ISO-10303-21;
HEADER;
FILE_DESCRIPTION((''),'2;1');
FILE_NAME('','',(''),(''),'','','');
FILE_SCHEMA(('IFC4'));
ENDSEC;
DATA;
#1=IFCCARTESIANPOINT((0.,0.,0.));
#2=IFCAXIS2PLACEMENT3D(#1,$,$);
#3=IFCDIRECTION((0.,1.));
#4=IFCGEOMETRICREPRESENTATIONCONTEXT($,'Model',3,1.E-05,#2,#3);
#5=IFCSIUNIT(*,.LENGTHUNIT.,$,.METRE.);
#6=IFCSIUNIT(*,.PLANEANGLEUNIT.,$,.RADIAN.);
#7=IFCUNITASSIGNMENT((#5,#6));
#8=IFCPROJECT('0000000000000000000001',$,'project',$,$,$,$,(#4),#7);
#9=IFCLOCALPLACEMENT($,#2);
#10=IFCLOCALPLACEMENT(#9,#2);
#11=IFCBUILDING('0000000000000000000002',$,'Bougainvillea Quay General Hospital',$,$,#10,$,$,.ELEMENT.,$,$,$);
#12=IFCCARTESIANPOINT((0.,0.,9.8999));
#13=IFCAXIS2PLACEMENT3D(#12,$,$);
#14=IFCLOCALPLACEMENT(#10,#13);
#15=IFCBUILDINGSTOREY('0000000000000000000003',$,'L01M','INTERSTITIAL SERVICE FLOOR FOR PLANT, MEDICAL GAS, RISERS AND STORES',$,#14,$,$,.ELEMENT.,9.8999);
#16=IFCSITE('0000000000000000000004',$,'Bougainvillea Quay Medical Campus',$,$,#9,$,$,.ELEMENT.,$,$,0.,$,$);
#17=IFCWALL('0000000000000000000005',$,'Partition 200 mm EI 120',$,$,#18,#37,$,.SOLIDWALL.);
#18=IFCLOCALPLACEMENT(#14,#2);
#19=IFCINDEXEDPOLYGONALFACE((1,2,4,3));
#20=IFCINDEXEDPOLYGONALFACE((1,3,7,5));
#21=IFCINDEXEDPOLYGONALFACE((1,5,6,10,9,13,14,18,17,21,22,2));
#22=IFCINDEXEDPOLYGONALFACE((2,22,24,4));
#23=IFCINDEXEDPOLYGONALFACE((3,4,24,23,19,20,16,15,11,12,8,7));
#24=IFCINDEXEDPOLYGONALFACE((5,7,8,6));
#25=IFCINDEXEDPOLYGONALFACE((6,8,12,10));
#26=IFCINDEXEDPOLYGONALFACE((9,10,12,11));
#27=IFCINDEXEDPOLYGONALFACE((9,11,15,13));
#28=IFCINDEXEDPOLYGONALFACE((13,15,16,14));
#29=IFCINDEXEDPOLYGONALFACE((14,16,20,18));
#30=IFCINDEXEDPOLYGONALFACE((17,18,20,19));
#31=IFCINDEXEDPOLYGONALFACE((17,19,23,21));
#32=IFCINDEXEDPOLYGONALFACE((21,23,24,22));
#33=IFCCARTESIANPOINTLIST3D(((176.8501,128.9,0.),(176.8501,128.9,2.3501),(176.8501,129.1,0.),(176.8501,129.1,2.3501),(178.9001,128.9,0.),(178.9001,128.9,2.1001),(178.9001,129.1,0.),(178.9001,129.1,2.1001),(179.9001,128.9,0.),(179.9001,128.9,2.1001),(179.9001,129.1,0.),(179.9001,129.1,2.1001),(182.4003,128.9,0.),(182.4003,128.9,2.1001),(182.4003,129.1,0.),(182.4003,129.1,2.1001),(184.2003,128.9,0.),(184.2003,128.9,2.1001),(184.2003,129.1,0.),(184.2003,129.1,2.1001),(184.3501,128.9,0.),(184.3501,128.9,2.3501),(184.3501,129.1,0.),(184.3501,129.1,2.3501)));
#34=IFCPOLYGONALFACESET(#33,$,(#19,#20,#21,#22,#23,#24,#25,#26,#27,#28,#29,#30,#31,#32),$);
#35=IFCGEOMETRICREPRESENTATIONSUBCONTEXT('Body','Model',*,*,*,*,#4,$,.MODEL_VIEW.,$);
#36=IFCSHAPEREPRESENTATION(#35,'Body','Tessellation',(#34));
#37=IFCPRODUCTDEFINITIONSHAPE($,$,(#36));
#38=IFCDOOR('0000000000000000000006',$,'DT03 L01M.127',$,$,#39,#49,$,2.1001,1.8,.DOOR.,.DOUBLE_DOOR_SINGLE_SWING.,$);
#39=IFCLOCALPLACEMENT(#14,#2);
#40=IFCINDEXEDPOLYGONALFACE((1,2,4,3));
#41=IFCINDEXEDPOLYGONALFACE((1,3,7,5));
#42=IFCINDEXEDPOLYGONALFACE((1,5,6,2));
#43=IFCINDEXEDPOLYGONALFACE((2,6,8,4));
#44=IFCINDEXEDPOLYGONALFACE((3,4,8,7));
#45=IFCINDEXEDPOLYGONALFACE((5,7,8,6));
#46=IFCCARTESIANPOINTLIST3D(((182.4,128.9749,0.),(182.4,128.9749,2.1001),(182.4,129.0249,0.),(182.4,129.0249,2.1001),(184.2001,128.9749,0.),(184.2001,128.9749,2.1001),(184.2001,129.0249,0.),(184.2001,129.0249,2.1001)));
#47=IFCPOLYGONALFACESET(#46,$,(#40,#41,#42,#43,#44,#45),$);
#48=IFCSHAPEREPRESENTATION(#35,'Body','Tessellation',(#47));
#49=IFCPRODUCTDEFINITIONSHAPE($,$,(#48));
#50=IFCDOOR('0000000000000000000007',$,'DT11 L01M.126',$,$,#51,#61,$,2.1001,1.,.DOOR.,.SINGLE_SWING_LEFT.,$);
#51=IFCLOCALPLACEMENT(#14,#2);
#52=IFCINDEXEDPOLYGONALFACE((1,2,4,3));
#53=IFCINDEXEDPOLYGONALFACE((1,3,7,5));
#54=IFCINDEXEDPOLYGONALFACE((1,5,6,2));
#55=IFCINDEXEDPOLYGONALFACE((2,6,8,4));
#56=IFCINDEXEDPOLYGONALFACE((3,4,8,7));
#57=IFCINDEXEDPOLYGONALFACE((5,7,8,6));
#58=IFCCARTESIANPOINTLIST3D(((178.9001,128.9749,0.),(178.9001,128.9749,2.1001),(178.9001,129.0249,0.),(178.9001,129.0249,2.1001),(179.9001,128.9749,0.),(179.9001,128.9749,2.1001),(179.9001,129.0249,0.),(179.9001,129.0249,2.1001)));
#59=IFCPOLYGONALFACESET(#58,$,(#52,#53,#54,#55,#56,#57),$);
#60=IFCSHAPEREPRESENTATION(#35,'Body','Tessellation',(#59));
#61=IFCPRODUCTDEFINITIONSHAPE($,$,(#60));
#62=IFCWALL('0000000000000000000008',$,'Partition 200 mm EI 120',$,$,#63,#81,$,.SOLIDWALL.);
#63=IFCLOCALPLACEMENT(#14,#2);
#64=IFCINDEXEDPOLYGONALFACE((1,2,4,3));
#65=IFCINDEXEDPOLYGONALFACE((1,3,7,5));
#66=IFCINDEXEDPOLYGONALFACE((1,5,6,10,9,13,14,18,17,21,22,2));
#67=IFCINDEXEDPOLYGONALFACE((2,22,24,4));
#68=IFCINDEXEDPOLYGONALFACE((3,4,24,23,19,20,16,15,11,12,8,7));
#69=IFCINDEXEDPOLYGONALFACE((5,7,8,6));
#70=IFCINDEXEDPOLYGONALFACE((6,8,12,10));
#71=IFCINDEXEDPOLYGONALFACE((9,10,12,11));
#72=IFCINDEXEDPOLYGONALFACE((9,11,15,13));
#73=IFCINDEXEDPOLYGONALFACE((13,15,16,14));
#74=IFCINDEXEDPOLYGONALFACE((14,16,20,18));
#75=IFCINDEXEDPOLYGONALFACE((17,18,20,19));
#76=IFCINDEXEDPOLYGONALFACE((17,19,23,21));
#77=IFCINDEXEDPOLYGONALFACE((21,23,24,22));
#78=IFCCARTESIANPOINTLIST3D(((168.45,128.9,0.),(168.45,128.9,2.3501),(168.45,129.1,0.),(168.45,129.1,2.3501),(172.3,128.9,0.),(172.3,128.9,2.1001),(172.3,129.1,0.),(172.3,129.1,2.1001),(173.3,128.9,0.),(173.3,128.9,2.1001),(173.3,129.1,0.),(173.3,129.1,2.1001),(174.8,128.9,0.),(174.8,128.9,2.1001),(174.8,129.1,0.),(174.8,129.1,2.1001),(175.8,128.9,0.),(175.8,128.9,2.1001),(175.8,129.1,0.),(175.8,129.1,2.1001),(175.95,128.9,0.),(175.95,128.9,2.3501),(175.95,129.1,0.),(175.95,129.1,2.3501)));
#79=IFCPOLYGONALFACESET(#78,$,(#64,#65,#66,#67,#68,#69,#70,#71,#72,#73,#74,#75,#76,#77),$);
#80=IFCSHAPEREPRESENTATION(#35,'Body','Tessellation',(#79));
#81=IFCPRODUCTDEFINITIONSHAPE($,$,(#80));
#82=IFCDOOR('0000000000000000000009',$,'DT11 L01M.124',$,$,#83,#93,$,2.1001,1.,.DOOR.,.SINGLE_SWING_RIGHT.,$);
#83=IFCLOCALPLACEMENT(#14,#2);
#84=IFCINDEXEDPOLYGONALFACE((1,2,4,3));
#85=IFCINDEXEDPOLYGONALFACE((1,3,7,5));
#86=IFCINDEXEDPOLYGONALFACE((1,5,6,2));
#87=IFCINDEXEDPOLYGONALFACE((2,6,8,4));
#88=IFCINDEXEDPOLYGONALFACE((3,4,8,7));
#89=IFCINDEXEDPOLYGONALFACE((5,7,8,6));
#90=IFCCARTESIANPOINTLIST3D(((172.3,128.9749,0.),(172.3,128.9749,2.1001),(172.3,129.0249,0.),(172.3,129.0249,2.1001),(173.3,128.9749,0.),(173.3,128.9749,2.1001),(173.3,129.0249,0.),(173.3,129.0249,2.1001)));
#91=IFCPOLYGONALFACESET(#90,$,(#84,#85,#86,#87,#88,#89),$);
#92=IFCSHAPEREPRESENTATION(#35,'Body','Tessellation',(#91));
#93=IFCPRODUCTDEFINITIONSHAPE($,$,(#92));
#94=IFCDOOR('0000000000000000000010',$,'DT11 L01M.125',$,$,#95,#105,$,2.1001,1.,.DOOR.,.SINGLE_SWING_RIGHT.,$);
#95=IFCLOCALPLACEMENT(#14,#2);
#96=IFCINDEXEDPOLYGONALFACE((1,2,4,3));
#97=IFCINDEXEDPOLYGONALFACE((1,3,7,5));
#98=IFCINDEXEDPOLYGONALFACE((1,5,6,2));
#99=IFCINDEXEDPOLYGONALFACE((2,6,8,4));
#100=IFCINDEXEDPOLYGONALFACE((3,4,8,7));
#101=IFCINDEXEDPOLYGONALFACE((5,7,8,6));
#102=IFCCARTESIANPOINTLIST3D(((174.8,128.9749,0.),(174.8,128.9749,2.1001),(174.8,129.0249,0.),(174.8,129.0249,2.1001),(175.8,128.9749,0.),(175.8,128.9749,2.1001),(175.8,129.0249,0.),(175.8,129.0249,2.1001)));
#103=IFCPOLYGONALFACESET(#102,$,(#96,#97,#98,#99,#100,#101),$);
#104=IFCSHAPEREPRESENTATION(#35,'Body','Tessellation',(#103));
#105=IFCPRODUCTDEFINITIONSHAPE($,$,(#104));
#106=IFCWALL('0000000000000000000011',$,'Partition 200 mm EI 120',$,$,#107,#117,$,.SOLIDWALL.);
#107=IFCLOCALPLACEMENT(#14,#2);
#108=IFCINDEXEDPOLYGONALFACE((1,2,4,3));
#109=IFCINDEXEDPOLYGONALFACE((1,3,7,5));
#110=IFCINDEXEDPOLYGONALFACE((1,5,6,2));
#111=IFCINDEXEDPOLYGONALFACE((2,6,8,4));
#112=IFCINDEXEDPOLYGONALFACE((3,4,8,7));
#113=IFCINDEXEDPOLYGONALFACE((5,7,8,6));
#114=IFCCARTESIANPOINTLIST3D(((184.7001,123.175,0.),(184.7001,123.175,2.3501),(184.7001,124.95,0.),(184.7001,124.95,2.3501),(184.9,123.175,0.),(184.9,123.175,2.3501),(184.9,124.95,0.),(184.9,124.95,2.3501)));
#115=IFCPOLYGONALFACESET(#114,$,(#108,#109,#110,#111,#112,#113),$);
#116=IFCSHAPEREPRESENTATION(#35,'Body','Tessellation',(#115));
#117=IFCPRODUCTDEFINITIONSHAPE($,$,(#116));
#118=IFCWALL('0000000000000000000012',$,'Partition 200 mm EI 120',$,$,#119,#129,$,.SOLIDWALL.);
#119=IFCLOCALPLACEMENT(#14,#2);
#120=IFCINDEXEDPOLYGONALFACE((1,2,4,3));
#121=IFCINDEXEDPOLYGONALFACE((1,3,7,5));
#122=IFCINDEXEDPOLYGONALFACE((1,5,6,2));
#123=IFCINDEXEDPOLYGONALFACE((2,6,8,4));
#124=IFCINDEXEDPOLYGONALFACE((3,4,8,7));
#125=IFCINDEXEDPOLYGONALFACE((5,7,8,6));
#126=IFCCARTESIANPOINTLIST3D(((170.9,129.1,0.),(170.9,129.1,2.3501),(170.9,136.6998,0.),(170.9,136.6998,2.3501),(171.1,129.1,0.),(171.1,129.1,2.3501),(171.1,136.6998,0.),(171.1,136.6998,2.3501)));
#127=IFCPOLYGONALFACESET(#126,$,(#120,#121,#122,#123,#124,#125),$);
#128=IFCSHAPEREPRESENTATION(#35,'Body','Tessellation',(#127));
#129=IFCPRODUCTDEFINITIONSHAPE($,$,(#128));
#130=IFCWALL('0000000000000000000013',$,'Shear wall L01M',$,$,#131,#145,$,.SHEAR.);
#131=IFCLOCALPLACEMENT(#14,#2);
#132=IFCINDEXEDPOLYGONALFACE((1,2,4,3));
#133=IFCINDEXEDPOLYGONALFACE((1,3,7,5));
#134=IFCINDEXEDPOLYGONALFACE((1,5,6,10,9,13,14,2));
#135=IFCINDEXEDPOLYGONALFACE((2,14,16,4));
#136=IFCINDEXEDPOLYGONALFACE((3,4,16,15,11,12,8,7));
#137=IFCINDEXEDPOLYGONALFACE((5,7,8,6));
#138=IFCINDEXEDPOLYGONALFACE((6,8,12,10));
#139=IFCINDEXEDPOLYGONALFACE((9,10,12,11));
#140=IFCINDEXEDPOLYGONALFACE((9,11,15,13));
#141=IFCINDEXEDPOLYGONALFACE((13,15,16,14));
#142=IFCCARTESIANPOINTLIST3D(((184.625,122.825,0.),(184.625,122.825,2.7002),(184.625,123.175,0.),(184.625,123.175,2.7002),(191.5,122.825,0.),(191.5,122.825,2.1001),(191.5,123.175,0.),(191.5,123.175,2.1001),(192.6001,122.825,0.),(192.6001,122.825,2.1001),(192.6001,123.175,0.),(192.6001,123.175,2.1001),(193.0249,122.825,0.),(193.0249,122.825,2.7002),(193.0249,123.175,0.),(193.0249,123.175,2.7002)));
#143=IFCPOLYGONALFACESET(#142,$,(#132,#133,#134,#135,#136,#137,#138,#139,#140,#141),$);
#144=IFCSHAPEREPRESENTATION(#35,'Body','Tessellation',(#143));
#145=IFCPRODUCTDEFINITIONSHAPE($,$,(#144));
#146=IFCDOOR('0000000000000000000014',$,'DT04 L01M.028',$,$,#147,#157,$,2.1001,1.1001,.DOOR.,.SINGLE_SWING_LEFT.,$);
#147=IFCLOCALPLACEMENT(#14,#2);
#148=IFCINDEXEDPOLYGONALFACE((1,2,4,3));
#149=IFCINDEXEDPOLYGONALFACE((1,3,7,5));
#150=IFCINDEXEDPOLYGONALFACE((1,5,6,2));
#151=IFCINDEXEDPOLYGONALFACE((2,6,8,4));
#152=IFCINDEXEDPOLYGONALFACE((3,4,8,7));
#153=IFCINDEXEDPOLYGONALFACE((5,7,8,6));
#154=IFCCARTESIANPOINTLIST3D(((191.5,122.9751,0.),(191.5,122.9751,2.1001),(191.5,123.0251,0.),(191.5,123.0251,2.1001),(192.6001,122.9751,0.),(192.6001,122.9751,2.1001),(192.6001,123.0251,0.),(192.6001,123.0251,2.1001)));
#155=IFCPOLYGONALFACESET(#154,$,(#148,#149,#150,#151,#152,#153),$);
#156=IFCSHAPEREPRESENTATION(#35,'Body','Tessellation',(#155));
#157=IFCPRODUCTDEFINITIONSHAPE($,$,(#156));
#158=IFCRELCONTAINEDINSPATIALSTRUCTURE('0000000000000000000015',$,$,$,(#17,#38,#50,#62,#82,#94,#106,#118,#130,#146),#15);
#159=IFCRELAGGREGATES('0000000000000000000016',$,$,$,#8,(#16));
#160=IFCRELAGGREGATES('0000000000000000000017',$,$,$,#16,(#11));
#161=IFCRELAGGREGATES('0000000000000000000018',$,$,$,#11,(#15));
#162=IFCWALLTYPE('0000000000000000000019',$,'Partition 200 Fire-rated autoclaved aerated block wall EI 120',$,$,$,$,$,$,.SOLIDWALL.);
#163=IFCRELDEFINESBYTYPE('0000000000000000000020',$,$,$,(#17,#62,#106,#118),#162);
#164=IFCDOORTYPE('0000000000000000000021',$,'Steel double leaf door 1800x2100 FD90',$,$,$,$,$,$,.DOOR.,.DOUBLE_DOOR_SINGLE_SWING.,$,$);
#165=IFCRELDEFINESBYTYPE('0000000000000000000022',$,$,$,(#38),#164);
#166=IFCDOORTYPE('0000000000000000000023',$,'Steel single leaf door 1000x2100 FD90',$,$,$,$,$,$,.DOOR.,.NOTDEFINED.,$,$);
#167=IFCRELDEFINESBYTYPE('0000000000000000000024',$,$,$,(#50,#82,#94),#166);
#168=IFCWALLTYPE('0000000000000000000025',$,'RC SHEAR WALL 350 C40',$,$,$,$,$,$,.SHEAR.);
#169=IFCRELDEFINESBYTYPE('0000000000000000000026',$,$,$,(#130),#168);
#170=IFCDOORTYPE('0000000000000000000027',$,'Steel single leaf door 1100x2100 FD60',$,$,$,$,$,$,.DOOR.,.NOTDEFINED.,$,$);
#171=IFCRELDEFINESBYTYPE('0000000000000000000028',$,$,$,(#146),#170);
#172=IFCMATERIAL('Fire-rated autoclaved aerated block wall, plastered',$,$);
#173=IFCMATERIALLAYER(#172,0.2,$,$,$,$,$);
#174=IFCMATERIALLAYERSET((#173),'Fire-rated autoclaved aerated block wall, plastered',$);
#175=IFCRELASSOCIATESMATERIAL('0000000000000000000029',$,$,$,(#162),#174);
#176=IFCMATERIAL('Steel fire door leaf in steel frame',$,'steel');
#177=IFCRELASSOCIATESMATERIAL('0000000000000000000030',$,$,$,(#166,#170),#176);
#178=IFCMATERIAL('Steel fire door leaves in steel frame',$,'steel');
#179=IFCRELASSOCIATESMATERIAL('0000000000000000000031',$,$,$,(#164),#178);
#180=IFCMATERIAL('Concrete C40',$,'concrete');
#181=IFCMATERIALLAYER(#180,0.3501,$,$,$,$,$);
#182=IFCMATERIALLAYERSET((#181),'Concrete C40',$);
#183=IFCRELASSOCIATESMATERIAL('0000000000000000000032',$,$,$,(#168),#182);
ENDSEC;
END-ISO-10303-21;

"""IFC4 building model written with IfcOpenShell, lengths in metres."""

from ifc_helpers import new_model, si_unit, direction, frame, frame_2d, origin, place, context, subcontext, project, spatial, rectangle, extrude, material, layer, layer_set, type_object, element, fill, save


model = new_model("IFC4")

# Units and contexts
model_context = context("Model", 3, precision=1e-05, world=origin(), true_north=direction((0.0, 1.0)))
body_context = subcontext(model_context, "Body", "Model", "MODEL_VIEW")
ifc_project = project(units=[si_unit("LENGTHUNIT", "METRE"), si_unit("PLANEANGLEUNIT", "RADIAN")], contexts=[model_context])

# Site, building, storey
site_placement = place(None, origin())
site = spatial("IfcSite", under=ifc_project, at=site_placement, Name="Bougainvillea Quay Medical Campus", CompositionType="ELEMENT", RefElevation=0.0)
building_placement = place(site_placement, origin())
building = spatial("IfcBuilding", under=site, at=building_placement, Name="Bougainvillea Quay General Hospital", CompositionType="ELEMENT")
storey_placement = place(building_placement, frame((0.0, 0.0, 9.8999)))
storey = spatial("IfcBuildingStorey", under=building, at=storey_placement, Name="L01M", Description="INTERSTITIAL SERVICE FLOOR FOR PLANT, MEDICAL GAS, RISERS AND STORES", CompositionType="ELEMENT", Elevation=9.8999)

# Walls, openings, doors
ifc_material_1 = material(Name="Fire-rated autoclaved aerated block wall, plastered")
ifc_layer_1 = layer(ifc_material_1, 0.2)
ifc_layer_set_1 = layer_set([ifc_layer_1], Name="Fire-rated autoclaved aerated block wall, plastered")
wall_type_1 = type_object("IfcWallType", Name="Partition 200 Fire-rated autoclaved aerated block wall EI 120", PredefinedType="SOLIDWALL", material=ifc_layer_set_1)
ifc_material_2 = material(Name="Steel fire door leaf in steel frame", Category="steel")
door_type_1 = type_object("IfcDoorType", Name="Steel single leaf door 1000x2100 FD90", OperationType="NOTDEFINED", PredefinedType="DOOR", material=ifc_material_2)
ifc_material_3 = material(Name="Steel fire door leaves in steel frame", Category="steel")
door_type_2 = type_object("IfcDoorType", Name="Steel double leaf door 1800x2100 FD90", OperationType="DOUBLE_DOOR_SINGLE_SWING", PredefinedType="DOOR", material=ifc_material_3)
wall_1_placement = place(storey_placement, frame((184.3501, 129.0, 0.0), z_axis=(0.0, 0.0, 1.0), x_axis=(-1.0, 0.0, 0.0)))
wall_1 = element("IfcWall", 1, at=wall_1_placement, inside=storey, type_object=wall_type_1, Name="Partition 200 mm EI 120", PredefinedType="SOLIDWALL", context=body_context, shape_type="SweptSolid", body=[
    extrude(rectangle(XDim=7.5, YDim=0.2, at=frame_2d((3.75, 0.0))), origin(), (0.0, 0.0, 1.0), 2.3501),
])
opening_1_placement = place(wall_1_placement, frame((4.45, 0.0, 0.0)))
opening_1 = element("IfcOpeningElement", 2, at=opening_1_placement, cuts=wall_1, PredefinedType="OPENING", context=body_context, shape_type="SweptSolid", body=[
    extrude(rectangle(XDim=1.0, YDim=2.1001, at=frame_2d((0.5, 1.05))), frame((0.0, 0.1099, 0.0), z_axis=(0.0, -1.0, 0.0), x_axis=(1.0, 0.0, 0.0)), (0.0, 0.0, 1.0), 0.22),
])
opening_2_placement = place(wall_1_placement, frame((0.1499, 0.0, 0.0)))
opening_2 = element("IfcOpeningElement", 3, at=opening_2_placement, cuts=wall_1, PredefinedType="OPENING", context=body_context, shape_type="SweptSolid", body=[
    extrude(rectangle(XDim=1.8, YDim=2.1001, at=frame_2d((0.8999, 1.05))), frame((0.0, 0.1099, 0.0), z_axis=(0.0, -1.0, 0.0), x_axis=(1.0, 0.0, 0.0)), (0.0, 0.0, 1.0), 0.22),
])
door_1_placement = place(opening_2_placement, frame((1.8, 0.0, 0.0), z_axis=(0.0, 0.0, 1.0), x_axis=(-1.0, 0.0, 0.0)))
door_1 = element("IfcDoor", 4, at=door_1_placement, inside=storey, type_object=door_type_2, Name="DT03 L01M.127", OperationType="DOUBLE_DOOR_SINGLE_SWING", OverallHeight=2.1001, OverallWidth=1.8, PredefinedType="DOOR", context=body_context, shape_type="SweptSolid", body=[
    extrude(rectangle(XDim=1.8, YDim=2.1001, at=frame_2d((0.8999, 1.05))), frame((0.0, 0.0249, 0.0), z_axis=(0.0, -1.0, 0.0), x_axis=(1.0, 0.0, 0.0)), (0.0, 0.0, 1.0), 0.05),
])
fill(opening_2, door_1)
door_2_placement = place(opening_1_placement, frame((1.0, 0.0, 0.0), z_axis=(0.0, 0.0, 1.0), x_axis=(-1.0, 0.0, 0.0)))
door_2 = element("IfcDoor", 5, at=door_2_placement, inside=storey, type_object=door_type_1, Name="DT11 L01M.126", OperationType="SINGLE_SWING_LEFT", OverallHeight=2.1001, OverallWidth=1.0, PredefinedType="DOOR", context=body_context, shape_type="SweptSolid", body=[
    extrude(rectangle(XDim=1.0, YDim=2.1001, at=frame_2d((0.5, 1.05))), frame((0.0, 0.0249, 0.0), z_axis=(0.0, -1.0, 0.0), x_axis=(1.0, 0.0, 0.0)), (0.0, 0.0, 1.0), 0.05),
])
fill(opening_1, door_2)
wall_2_placement = place(storey_placement, frame((175.95, 129.0, 0.0), z_axis=(0.0, 0.0, 1.0), x_axis=(-1.0, 0.0, 0.0)))
wall_2 = element("IfcWall", 6, at=wall_2_placement, inside=storey, type_object=wall_type_1, Name="Partition 200 mm EI 120", PredefinedType="SOLIDWALL", context=body_context, shape_type="SweptSolid", body=[
    extrude(rectangle(XDim=7.5, YDim=0.2, at=frame_2d((3.75, 0.0))), origin(), (0.0, 0.0, 1.0), 2.3501),
])
opening_3_placement = place(wall_2_placement, frame((2.6499, 0.0, 0.0)))
opening_3 = element("IfcOpeningElement", 7, at=opening_3_placement, cuts=wall_2, PredefinedType="OPENING", context=body_context, shape_type="SweptSolid", body=[
    extrude(rectangle(XDim=1.0, YDim=2.1001, at=frame_2d((0.5, 1.05))), frame((0.0, 0.1099, 0.0), z_axis=(0.0, -1.0, 0.0), x_axis=(1.0, 0.0, 0.0)), (0.0, 0.0, 1.0), 0.22),
])
opening_4_placement = place(wall_2_placement, frame((0.1499, 0.0, 0.0)))
opening_4 = element("IfcOpeningElement", 8, at=opening_4_placement, cuts=wall_2, PredefinedType="OPENING", context=body_context, shape_type="SweptSolid", body=[
    extrude(rectangle(XDim=1.0, YDim=2.1001, at=frame_2d((0.5, 1.05))), frame((0.0, 0.1099, 0.0), z_axis=(0.0, -1.0, 0.0), x_axis=(1.0, 0.0, 0.0)), (0.0, 0.0, 1.0), 0.22),
])
door_3_placement = place(opening_3_placement, frame((1.0, 0.0, 0.0), z_axis=(0.0, 0.0, 1.0), x_axis=(-1.0, 0.0, 0.0)))
door_3 = element("IfcDoor", 9, at=door_3_placement, inside=storey, type_object=door_type_1, Name="DT11 L01M.124", OperationType="SINGLE_SWING_RIGHT", OverallHeight=2.1001, OverallWidth=1.0, PredefinedType="DOOR", context=body_context, shape_type="SweptSolid", body=[
    extrude(rectangle(XDim=1.0, YDim=2.1001, at=frame_2d((0.5, 1.05))), frame((0.0, 0.0249, 0.0), z_axis=(0.0, -1.0, 0.0), x_axis=(1.0, 0.0, 0.0)), (0.0, 0.0, 1.0), 0.05),
])
fill(opening_3, door_3)
door_4_placement = place(opening_4_placement, frame((1.0, 0.0, 0.0), z_axis=(0.0, 0.0, 1.0), x_axis=(-1.0, 0.0, 0.0)))
door_4 = element("IfcDoor", 10, at=door_4_placement, inside=storey, type_object=door_type_1, Name="DT11 L01M.125", OperationType="SINGLE_SWING_RIGHT", OverallHeight=2.1001, OverallWidth=1.0, PredefinedType="DOOR", context=body_context, shape_type="SweptSolid", body=[
    extrude(rectangle(XDim=1.0, YDim=2.1001, at=frame_2d((0.5, 1.05))), frame((0.0, 0.0249, 0.0), z_axis=(0.0, -1.0, 0.0), x_axis=(1.0, 0.0, 0.0)), (0.0, 0.0, 1.0), 0.05),
])
fill(opening_4, door_4)

# Walls
wall_3_placement = place(storey_placement, frame((184.8, 124.95, 0.0), z_axis=(0.0, 0.0, 1.0), x_axis=(0.0, -1.0, 0.0)))
element("IfcWall", 11, at=wall_3_placement, inside=storey, type_object=wall_type_1, Name="Partition 200 mm EI 120", PredefinedType="SOLIDWALL", context=body_context, shape_type="SweptSolid", body=[
    extrude(rectangle(XDim=1.7749, YDim=0.2, at=frame_2d((0.8875, 0.0))), origin(), (0.0, 0.0, 1.0), 2.3501),
])
wall_4_placement = place(storey_placement, frame((171.0, 129.1001, 0.0), z_axis=(0.0, 0.0, 1.0), x_axis=(0.0, 1.0, 0.0)))
element("IfcWall", 12, at=wall_4_placement, inside=storey, type_object=wall_type_1, Name="Partition 200 mm EI 120", PredefinedType="SOLIDWALL", context=body_context, shape_type="SweptSolid", body=[
    extrude(rectangle(XDim=7.5999, YDim=0.2, at=frame_2d((3.7998, 0.0))), origin(), (0.0, 0.0, 1.0), 2.3501),
])

# Wall, opening, door
ifc_material_4 = material(Name="Concrete C40", Category="concrete")
ifc_layer_2 = layer(ifc_material_4, 0.3501)
ifc_layer_set_2 = layer_set([ifc_layer_2], Name="Concrete C40")
wall_type_2 = type_object("IfcWallType", Name="RC SHEAR WALL 350 C40", PredefinedType="SHEAR", material=ifc_layer_set_2)
wall_5_placement = place(storey_placement, frame((184.625, 123.0, 0.0), z_axis=(0.0, 0.0, 1.0), x_axis=(1.0, 0.0, 0.0)))
wall_5 = element("IfcWall", 13, at=wall_5_placement, inside=storey, type_object=wall_type_2, Name="Shear wall L01M", PredefinedType="SHEAR", context=body_context, shape_type="SweptSolid", body=[
    extrude(rectangle(XDim=8.3999, YDim=0.3501, at=frame_2d((4.2, 0.0))), origin(), (0.0, 0.0, 1.0), 2.7002),
])
opening_5_placement = place(wall_5_placement, frame((6.875, 0.0, 0.0)))
opening_5 = element("IfcOpeningElement", 14, at=opening_5_placement, cuts=wall_5, PredefinedType="OPENING", context=body_context, shape_type="SweptSolid", body=[
    extrude(rectangle(XDim=1.1001, YDim=2.1001, at=frame_2d((0.55, 1.05))), frame((0.0, 0.1851, 0.0), z_axis=(0.0, -1.0, 0.0), x_axis=(1.0, 0.0, 0.0)), (0.0, 0.0, 1.0), 0.3701),
])
door_type_3 = type_object("IfcDoorType", Name="Steel single leaf door 1100x2100 FD60", OperationType="NOTDEFINED", PredefinedType="DOOR", material=ifc_material_2)
door_5_placement = place(opening_5_placement, frame((1.1001, 0.0, 0.0), z_axis=(0.0, 0.0, 1.0), x_axis=(-1.0, 0.0, 0.0)))
door_5 = element("IfcDoor", 15, at=door_5_placement, inside=storey, type_object=door_type_3, Name="DT04 L01M.028", OperationType="SINGLE_SWING_LEFT", OverallHeight=2.1001, OverallWidth=1.1001, PredefinedType="DOOR", context=body_context, shape_type="SweptSolid", body=[
    extrude(rectangle(XDim=1.1001, YDim=2.1001, at=frame_2d((0.55, 1.05))), frame((0.0, 0.0249, 0.0), z_axis=(0.0, -1.0, 0.0), x_axis=(1.0, 0.0, 0.0)), (0.0, 0.0, 1.0), 0.05),
])
fill(opening_5, door_5)

save(model, "model.ifc")
